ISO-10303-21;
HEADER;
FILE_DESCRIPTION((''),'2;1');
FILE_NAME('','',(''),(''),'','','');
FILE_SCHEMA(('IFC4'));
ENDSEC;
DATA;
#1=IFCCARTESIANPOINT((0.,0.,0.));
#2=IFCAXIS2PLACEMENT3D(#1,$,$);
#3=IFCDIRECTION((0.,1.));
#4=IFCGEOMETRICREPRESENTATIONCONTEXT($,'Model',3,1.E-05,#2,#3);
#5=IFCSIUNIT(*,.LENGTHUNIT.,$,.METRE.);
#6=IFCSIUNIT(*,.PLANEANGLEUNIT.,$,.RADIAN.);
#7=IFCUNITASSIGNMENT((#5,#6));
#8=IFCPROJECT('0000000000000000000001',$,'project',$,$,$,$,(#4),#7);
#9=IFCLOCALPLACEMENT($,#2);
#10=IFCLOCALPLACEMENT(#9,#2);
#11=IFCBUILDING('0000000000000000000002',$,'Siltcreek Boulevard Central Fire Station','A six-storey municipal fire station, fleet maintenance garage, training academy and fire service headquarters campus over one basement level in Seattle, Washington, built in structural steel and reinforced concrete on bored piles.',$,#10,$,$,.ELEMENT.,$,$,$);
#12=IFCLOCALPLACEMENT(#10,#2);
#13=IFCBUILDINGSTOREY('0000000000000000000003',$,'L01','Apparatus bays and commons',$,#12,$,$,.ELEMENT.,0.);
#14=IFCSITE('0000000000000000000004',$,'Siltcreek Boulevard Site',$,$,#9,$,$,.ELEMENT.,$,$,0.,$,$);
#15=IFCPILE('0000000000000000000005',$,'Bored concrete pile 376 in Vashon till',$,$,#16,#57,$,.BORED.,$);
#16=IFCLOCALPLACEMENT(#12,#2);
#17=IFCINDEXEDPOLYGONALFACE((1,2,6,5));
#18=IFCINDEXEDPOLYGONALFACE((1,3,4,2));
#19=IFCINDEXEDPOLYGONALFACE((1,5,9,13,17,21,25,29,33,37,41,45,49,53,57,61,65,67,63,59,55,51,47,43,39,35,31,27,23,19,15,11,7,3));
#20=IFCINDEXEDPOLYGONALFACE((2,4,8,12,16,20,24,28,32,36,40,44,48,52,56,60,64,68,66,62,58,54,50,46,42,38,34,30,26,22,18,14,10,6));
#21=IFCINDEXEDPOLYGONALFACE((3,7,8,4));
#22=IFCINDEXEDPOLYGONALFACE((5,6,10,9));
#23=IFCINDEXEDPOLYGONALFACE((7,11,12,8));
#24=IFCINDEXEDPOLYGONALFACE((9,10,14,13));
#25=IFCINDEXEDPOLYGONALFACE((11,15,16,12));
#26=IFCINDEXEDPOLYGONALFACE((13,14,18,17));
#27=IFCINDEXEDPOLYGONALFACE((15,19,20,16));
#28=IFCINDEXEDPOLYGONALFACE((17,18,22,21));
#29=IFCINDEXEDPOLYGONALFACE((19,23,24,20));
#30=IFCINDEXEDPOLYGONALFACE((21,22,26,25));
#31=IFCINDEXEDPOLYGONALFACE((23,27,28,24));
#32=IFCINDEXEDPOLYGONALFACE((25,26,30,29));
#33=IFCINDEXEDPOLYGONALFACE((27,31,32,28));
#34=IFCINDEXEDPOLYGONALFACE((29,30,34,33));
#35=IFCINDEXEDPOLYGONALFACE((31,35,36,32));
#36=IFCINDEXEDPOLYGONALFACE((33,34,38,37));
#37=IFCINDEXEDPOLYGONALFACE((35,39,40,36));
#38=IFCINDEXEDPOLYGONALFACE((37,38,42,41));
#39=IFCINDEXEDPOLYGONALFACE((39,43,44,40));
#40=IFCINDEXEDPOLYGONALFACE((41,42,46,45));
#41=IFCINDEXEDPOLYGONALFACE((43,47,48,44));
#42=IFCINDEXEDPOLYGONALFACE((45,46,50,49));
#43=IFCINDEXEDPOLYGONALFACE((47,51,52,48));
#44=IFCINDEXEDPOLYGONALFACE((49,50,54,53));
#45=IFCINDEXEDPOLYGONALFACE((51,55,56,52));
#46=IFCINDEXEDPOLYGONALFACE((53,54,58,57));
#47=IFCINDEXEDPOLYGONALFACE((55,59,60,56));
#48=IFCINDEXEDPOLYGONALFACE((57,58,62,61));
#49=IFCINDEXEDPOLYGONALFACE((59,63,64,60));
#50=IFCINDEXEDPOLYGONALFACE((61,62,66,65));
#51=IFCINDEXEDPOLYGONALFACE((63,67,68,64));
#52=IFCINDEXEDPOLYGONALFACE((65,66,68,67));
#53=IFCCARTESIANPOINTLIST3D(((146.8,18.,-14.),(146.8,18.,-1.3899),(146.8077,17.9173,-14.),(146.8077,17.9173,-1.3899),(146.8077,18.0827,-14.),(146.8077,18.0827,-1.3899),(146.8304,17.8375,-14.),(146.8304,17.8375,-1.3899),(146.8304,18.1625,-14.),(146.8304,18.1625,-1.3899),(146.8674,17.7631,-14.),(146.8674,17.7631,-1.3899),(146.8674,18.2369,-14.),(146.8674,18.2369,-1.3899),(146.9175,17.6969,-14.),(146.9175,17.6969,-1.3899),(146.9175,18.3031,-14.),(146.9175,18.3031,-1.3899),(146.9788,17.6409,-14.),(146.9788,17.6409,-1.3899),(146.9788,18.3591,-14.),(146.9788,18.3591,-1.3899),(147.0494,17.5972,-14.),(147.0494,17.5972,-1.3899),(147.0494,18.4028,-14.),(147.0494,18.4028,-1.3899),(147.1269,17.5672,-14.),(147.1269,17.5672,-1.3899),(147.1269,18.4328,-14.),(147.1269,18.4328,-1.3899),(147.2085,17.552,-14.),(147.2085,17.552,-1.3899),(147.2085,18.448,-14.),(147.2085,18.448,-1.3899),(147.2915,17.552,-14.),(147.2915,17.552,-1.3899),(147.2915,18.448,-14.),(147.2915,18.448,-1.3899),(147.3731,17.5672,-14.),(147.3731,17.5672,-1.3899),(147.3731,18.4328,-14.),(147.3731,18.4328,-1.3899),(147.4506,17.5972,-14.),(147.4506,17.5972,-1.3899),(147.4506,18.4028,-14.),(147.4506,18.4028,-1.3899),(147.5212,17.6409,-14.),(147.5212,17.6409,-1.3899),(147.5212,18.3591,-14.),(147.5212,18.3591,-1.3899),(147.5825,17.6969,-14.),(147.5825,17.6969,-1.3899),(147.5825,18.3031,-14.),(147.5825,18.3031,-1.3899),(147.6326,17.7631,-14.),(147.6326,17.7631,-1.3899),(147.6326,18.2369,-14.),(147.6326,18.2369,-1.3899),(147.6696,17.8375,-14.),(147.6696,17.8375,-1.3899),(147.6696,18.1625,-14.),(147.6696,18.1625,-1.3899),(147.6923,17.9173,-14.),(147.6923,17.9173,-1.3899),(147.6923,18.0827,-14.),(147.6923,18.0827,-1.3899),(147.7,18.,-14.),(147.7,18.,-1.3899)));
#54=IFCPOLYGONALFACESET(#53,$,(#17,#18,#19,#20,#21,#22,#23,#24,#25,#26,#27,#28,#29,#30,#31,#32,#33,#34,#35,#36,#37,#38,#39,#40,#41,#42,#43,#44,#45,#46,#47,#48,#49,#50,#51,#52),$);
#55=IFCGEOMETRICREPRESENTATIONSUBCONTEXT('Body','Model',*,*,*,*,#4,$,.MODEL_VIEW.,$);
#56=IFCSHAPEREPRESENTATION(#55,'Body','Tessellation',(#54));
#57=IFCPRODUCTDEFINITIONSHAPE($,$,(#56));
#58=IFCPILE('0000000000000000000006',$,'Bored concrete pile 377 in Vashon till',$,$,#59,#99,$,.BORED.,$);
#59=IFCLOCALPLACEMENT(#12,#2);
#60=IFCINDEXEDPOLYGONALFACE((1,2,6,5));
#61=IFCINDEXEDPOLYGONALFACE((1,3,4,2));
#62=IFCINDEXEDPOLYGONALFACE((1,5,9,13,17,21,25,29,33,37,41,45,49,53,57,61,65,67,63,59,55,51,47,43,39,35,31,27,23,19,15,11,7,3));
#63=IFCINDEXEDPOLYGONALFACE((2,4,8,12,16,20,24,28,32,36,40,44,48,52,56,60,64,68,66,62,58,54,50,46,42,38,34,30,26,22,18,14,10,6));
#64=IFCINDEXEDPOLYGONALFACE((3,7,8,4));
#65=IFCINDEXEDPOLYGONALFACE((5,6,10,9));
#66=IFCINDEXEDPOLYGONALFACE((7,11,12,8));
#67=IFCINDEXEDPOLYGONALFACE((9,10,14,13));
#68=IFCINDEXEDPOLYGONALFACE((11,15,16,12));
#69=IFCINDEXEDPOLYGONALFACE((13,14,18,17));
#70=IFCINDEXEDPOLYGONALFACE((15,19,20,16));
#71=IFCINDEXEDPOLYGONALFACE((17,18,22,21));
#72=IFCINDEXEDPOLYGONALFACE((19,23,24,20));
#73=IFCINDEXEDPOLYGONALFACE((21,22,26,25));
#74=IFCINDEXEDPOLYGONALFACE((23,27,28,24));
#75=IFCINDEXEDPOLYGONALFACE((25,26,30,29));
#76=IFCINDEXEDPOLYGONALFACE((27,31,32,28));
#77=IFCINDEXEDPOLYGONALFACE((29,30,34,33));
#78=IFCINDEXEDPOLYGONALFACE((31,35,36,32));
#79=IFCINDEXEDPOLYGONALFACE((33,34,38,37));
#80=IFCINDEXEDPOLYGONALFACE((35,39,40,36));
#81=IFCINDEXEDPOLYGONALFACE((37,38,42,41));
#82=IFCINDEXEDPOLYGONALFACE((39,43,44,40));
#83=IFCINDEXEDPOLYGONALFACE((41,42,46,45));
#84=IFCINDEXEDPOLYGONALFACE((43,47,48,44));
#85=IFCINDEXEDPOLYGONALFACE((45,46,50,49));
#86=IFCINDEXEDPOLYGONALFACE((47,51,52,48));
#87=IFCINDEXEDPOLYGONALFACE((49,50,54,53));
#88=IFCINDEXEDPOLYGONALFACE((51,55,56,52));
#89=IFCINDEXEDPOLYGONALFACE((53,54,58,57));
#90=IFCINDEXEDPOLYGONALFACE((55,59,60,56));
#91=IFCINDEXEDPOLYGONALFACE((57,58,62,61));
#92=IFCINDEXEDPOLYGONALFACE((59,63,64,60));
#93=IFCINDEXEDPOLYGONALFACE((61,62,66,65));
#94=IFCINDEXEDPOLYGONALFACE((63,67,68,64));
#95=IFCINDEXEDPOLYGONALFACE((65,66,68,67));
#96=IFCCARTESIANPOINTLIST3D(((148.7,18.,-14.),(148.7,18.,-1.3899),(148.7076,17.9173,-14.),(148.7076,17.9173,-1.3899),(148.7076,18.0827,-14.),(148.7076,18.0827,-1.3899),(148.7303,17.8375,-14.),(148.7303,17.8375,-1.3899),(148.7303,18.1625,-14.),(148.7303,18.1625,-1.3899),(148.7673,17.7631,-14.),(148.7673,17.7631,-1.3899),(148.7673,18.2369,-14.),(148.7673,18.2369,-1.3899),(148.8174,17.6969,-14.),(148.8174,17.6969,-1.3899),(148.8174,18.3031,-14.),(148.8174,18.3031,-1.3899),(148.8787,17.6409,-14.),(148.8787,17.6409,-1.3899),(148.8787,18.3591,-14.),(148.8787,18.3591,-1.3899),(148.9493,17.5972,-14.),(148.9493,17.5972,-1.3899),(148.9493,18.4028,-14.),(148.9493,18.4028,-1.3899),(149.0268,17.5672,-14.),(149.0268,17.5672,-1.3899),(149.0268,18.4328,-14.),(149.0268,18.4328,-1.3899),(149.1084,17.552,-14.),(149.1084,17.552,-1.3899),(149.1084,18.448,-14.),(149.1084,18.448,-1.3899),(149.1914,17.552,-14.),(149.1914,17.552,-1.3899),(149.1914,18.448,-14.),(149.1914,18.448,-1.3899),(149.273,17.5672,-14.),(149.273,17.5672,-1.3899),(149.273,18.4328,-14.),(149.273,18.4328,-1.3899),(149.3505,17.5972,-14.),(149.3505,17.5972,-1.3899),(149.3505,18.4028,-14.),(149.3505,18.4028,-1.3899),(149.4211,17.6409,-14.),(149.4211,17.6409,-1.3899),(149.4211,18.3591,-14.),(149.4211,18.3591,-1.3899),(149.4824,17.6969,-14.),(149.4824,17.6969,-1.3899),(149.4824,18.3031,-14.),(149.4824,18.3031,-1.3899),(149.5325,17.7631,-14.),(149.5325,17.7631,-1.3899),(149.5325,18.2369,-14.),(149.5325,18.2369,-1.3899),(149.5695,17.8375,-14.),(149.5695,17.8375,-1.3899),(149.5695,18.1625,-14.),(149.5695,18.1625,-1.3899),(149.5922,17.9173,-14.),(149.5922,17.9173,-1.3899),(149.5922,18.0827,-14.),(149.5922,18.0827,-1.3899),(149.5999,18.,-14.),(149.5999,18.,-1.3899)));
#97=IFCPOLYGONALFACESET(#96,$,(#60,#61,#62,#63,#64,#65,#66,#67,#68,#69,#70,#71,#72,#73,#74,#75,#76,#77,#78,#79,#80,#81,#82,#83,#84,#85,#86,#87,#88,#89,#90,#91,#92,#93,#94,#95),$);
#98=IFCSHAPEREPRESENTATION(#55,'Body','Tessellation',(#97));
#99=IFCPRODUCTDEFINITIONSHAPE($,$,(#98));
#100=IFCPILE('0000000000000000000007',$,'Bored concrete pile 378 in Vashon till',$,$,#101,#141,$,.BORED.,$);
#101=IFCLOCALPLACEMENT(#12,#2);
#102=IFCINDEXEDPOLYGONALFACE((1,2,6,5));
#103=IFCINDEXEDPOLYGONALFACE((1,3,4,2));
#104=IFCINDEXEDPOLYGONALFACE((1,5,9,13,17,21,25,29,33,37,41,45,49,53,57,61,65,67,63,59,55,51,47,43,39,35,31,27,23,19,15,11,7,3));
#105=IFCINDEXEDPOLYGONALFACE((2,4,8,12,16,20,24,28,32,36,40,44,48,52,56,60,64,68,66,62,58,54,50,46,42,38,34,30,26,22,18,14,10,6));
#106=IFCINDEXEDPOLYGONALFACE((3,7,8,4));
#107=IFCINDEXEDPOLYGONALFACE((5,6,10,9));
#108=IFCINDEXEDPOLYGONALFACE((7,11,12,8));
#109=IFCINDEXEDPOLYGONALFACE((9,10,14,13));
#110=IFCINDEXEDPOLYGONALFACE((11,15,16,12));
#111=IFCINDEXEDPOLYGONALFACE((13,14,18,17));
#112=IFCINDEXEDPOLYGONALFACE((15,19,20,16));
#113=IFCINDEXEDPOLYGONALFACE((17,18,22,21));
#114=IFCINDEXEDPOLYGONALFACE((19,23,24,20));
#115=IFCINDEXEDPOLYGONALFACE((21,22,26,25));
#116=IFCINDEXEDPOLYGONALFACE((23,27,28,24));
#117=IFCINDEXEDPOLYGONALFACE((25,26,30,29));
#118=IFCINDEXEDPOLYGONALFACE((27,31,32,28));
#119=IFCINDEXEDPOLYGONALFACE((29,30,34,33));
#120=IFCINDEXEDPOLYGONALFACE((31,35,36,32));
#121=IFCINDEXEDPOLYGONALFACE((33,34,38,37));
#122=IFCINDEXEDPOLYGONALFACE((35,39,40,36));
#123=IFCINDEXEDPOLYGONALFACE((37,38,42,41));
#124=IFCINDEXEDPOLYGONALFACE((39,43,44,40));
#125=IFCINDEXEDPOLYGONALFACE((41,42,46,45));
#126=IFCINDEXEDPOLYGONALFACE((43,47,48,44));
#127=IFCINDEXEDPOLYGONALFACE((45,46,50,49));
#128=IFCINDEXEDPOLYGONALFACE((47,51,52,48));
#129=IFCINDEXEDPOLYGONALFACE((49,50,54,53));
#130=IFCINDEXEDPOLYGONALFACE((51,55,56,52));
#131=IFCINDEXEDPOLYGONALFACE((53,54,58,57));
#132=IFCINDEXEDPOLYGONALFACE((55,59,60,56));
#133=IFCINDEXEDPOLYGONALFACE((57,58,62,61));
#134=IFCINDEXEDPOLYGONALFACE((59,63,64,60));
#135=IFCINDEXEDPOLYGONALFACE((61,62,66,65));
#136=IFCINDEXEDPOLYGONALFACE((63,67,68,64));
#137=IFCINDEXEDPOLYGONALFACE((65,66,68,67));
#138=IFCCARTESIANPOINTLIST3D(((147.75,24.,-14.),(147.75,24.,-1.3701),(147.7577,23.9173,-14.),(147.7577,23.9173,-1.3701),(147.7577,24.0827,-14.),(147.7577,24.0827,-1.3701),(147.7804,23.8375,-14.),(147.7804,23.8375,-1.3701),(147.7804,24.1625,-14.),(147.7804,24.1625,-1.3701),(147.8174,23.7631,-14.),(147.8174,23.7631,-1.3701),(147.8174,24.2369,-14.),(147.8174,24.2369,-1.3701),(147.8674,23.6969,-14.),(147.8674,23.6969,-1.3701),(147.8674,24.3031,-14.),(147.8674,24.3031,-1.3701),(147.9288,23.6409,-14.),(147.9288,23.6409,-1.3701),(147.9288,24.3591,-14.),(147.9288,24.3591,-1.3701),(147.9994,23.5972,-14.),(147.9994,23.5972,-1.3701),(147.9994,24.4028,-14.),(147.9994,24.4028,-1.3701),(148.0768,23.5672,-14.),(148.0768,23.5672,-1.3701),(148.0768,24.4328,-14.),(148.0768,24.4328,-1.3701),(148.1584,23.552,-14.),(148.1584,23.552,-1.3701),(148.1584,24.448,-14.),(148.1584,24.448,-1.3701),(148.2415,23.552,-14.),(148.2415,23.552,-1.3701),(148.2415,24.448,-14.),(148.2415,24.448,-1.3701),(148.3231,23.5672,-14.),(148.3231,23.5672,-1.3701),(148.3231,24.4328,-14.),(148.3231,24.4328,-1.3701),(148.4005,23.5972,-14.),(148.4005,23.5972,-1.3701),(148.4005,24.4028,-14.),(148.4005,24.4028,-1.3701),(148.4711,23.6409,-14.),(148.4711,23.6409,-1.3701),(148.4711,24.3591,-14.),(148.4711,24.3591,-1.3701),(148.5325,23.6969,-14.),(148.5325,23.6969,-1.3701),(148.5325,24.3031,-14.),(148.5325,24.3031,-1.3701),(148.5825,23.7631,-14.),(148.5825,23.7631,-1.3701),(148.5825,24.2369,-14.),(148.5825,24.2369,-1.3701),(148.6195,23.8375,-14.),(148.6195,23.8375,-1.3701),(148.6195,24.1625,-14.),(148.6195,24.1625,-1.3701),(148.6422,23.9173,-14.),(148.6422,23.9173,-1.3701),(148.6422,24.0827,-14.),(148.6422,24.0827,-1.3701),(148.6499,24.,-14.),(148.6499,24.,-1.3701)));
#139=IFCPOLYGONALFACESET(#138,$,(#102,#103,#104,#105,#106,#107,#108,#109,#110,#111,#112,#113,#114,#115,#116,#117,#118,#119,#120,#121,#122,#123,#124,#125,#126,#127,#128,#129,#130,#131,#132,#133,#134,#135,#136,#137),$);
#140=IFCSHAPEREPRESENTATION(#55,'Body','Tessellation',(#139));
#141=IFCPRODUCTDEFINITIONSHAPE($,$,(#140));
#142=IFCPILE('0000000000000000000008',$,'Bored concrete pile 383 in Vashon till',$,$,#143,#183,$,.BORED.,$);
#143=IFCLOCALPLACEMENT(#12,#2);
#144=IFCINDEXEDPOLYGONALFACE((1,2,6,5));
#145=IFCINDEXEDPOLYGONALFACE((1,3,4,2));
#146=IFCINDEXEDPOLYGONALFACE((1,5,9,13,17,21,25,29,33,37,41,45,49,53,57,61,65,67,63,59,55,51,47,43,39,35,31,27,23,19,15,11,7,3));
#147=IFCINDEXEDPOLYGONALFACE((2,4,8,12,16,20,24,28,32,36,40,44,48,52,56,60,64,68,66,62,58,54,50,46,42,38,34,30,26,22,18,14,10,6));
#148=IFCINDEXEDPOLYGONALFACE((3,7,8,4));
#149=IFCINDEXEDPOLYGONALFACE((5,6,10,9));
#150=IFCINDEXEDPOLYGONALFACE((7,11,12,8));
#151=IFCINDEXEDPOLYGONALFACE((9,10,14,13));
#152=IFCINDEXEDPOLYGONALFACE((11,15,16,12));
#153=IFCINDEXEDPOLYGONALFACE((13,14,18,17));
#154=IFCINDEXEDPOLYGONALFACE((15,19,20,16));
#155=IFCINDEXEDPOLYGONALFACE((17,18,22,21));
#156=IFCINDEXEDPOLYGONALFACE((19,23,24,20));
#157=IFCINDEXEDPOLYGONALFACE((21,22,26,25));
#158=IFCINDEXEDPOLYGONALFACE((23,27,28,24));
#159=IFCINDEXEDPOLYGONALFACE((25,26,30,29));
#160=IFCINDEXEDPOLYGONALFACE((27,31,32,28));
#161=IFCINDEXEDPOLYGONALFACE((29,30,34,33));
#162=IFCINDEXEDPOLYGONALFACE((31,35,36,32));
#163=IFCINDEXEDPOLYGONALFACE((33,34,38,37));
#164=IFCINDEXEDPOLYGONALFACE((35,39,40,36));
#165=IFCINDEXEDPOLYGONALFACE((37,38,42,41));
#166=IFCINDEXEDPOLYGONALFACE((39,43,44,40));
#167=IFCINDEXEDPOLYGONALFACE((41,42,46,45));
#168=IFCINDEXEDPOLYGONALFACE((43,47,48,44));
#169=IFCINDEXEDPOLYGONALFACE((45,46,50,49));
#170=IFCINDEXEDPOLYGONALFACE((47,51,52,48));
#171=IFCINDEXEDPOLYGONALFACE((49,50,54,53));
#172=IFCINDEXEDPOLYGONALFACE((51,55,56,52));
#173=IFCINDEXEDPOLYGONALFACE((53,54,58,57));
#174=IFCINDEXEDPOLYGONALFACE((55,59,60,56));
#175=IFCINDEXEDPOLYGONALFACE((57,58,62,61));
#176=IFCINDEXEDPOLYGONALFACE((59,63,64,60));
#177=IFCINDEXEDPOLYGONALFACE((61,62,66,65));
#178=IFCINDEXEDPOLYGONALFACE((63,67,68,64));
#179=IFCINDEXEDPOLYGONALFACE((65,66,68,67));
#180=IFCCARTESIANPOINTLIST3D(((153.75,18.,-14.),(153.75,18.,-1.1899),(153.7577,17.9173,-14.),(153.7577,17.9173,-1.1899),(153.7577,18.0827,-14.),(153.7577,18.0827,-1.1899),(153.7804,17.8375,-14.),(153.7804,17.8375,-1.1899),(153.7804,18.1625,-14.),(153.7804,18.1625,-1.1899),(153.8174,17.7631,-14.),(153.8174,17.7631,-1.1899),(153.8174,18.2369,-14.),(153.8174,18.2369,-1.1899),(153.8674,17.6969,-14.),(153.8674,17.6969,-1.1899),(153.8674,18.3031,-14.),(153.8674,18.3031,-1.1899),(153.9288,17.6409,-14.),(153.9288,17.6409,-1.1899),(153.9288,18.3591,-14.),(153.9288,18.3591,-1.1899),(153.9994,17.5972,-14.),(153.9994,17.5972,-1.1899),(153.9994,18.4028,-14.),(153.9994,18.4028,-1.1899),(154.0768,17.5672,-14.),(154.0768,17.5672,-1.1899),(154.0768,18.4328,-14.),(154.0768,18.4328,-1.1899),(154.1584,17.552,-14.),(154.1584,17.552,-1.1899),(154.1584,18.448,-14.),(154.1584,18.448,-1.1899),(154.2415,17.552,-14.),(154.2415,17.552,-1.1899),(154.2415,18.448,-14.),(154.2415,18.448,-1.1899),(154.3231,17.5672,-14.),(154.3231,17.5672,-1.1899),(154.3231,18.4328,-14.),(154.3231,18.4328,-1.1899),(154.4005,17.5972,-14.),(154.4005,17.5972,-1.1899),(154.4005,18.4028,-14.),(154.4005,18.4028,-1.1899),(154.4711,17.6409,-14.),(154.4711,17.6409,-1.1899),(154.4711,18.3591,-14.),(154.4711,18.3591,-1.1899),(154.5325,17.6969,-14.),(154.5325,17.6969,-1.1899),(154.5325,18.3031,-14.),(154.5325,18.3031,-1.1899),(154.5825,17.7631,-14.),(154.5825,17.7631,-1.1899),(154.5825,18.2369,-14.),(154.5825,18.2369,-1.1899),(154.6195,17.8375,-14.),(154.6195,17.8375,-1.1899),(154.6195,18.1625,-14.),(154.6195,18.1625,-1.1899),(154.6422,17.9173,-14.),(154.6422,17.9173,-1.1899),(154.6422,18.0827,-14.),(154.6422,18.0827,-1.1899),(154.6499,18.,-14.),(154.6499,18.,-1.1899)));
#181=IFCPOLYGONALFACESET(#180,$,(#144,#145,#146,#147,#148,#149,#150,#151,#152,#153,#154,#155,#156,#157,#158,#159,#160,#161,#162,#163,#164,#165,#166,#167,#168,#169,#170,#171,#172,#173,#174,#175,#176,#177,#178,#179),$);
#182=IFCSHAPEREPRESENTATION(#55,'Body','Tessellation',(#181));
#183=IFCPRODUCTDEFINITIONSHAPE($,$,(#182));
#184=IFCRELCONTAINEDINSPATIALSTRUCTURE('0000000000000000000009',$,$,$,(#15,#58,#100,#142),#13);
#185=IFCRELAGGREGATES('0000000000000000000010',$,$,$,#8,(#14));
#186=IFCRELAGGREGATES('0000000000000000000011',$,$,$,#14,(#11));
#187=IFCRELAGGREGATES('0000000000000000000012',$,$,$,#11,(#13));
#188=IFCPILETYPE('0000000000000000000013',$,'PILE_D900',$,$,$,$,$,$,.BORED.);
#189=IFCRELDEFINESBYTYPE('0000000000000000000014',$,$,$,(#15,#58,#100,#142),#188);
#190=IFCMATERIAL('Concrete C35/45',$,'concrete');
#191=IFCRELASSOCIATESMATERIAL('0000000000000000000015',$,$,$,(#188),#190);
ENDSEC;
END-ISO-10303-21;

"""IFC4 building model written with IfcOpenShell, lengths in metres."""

from ifc_helpers import new_model, si_unit, direction, frame, origin, origin_2d, place, context, subcontext, project, spatial, circle, extrude, material, material_profile, profile_set, type_object, element, save


model = new_model("IFC4")

# Units and contexts
model_context = context("Model", 3, precision=1e-05, world=origin(), true_north=direction((0.0, 1.0)))
body_context = subcontext(model_context, "Body", "Model", "MODEL_VIEW")
ifc_project = project(units=[si_unit("LENGTHUNIT", "METRE"), si_unit("PLANEANGLEUNIT", "RADIAN")], contexts=[model_context])

# Site, building, storey
site_placement = place(None, origin())
site = spatial("IfcSite", under=ifc_project, at=site_placement, Name="Siltcreek Boulevard Site", CompositionType="ELEMENT", RefElevation=0.0)
building_placement = place(site_placement, origin())
building = spatial("IfcBuilding", under=site, at=building_placement, Name="Siltcreek Boulevard Central Fire Station", Description="A six-storey municipal fire station, fleet maintenance garage, training academy and fire service headquarters campus over one basement level in Seattle, Washington, built in structural steel and reinforced concrete on bored piles.", CompositionType="ELEMENT")
storey_placement = place(building_placement, origin())
storey = spatial("IfcBuildingStorey", under=building, at=storey_placement, Name="L01", Description="Apparatus bays and commons", CompositionType="ELEMENT", Elevation=0.0)

# Shared definitions
ifc_material_1 = material(Name="Concrete C35/45", Category="concrete")

# Piles
ifc_material_profile_1 = material_profile(ifc_material_1, circle(Radius=0.45, at=origin_2d()), Name="SHAFT900")
ifc_profile_set_1 = profile_set([ifc_material_profile_1], Name="Concrete C35/45")
pile_type_1 = type_object("IfcPileType", Name="PILE_D900", PredefinedType="BORED", material=ifc_profile_set_1)
for number, where, z_axis, x_axis, name in (
    (1, (147.25, 18.0, -1.3899), (0.0, 0.0, -1.0), (1.0, 0.0, 0.0), "Bored concrete pile 376 in Vashon till"),
    (2, (149.1499, 18.0, -1.3899), (0.0, 0.0, -1.0), (1.0, 0.0, 0.0), "Bored concrete pile 377 in Vashon till"),
):
    element("IfcPile", number, at=place(storey_placement, frame(where, z_axis=z_axis, x_axis=x_axis)), inside=storey, type_object=pile_type_1, Name=name, PredefinedType="BORED", context=body_context, shape_type="SweptSolid", body=[
        extrude(circle(Radius=0.45, at=origin_2d()), origin(), (0.0, 0.0, 1.0), 12.6101),
    ])
pile_1_placement = place(storey_placement, frame((148.2, 24.0, -1.3701), z_axis=(0.0, 0.0, -1.0), x_axis=(1.0, 0.0, 0.0)))
element("IfcPile", 3, at=pile_1_placement, inside=storey, type_object=pile_type_1, Name="Bored concrete pile 378 in Vashon till", PredefinedType="BORED", context=body_context, shape_type="SweptSolid", body=[
    extrude(circle(Radius=0.45, at=origin_2d()), origin(), (0.0, 0.0, 1.0), 12.6299),
])
pile_2_placement = place(storey_placement, frame((154.2, 18.0, -1.1899), z_axis=(0.0, 0.0, -1.0), x_axis=(1.0, 0.0, 0.0)))
element("IfcPile", 4, at=pile_2_placement, inside=storey, type_object=pile_type_1, Name="Bored concrete pile 383 in Vashon till", PredefinedType="BORED", context=body_context, shape_type="SweptSolid", body=[
    extrude(circle(Radius=0.45, at=origin_2d()), origin(), (0.0, 0.0, 1.0), 12.8101),
])

save(model, "model.ifc")
